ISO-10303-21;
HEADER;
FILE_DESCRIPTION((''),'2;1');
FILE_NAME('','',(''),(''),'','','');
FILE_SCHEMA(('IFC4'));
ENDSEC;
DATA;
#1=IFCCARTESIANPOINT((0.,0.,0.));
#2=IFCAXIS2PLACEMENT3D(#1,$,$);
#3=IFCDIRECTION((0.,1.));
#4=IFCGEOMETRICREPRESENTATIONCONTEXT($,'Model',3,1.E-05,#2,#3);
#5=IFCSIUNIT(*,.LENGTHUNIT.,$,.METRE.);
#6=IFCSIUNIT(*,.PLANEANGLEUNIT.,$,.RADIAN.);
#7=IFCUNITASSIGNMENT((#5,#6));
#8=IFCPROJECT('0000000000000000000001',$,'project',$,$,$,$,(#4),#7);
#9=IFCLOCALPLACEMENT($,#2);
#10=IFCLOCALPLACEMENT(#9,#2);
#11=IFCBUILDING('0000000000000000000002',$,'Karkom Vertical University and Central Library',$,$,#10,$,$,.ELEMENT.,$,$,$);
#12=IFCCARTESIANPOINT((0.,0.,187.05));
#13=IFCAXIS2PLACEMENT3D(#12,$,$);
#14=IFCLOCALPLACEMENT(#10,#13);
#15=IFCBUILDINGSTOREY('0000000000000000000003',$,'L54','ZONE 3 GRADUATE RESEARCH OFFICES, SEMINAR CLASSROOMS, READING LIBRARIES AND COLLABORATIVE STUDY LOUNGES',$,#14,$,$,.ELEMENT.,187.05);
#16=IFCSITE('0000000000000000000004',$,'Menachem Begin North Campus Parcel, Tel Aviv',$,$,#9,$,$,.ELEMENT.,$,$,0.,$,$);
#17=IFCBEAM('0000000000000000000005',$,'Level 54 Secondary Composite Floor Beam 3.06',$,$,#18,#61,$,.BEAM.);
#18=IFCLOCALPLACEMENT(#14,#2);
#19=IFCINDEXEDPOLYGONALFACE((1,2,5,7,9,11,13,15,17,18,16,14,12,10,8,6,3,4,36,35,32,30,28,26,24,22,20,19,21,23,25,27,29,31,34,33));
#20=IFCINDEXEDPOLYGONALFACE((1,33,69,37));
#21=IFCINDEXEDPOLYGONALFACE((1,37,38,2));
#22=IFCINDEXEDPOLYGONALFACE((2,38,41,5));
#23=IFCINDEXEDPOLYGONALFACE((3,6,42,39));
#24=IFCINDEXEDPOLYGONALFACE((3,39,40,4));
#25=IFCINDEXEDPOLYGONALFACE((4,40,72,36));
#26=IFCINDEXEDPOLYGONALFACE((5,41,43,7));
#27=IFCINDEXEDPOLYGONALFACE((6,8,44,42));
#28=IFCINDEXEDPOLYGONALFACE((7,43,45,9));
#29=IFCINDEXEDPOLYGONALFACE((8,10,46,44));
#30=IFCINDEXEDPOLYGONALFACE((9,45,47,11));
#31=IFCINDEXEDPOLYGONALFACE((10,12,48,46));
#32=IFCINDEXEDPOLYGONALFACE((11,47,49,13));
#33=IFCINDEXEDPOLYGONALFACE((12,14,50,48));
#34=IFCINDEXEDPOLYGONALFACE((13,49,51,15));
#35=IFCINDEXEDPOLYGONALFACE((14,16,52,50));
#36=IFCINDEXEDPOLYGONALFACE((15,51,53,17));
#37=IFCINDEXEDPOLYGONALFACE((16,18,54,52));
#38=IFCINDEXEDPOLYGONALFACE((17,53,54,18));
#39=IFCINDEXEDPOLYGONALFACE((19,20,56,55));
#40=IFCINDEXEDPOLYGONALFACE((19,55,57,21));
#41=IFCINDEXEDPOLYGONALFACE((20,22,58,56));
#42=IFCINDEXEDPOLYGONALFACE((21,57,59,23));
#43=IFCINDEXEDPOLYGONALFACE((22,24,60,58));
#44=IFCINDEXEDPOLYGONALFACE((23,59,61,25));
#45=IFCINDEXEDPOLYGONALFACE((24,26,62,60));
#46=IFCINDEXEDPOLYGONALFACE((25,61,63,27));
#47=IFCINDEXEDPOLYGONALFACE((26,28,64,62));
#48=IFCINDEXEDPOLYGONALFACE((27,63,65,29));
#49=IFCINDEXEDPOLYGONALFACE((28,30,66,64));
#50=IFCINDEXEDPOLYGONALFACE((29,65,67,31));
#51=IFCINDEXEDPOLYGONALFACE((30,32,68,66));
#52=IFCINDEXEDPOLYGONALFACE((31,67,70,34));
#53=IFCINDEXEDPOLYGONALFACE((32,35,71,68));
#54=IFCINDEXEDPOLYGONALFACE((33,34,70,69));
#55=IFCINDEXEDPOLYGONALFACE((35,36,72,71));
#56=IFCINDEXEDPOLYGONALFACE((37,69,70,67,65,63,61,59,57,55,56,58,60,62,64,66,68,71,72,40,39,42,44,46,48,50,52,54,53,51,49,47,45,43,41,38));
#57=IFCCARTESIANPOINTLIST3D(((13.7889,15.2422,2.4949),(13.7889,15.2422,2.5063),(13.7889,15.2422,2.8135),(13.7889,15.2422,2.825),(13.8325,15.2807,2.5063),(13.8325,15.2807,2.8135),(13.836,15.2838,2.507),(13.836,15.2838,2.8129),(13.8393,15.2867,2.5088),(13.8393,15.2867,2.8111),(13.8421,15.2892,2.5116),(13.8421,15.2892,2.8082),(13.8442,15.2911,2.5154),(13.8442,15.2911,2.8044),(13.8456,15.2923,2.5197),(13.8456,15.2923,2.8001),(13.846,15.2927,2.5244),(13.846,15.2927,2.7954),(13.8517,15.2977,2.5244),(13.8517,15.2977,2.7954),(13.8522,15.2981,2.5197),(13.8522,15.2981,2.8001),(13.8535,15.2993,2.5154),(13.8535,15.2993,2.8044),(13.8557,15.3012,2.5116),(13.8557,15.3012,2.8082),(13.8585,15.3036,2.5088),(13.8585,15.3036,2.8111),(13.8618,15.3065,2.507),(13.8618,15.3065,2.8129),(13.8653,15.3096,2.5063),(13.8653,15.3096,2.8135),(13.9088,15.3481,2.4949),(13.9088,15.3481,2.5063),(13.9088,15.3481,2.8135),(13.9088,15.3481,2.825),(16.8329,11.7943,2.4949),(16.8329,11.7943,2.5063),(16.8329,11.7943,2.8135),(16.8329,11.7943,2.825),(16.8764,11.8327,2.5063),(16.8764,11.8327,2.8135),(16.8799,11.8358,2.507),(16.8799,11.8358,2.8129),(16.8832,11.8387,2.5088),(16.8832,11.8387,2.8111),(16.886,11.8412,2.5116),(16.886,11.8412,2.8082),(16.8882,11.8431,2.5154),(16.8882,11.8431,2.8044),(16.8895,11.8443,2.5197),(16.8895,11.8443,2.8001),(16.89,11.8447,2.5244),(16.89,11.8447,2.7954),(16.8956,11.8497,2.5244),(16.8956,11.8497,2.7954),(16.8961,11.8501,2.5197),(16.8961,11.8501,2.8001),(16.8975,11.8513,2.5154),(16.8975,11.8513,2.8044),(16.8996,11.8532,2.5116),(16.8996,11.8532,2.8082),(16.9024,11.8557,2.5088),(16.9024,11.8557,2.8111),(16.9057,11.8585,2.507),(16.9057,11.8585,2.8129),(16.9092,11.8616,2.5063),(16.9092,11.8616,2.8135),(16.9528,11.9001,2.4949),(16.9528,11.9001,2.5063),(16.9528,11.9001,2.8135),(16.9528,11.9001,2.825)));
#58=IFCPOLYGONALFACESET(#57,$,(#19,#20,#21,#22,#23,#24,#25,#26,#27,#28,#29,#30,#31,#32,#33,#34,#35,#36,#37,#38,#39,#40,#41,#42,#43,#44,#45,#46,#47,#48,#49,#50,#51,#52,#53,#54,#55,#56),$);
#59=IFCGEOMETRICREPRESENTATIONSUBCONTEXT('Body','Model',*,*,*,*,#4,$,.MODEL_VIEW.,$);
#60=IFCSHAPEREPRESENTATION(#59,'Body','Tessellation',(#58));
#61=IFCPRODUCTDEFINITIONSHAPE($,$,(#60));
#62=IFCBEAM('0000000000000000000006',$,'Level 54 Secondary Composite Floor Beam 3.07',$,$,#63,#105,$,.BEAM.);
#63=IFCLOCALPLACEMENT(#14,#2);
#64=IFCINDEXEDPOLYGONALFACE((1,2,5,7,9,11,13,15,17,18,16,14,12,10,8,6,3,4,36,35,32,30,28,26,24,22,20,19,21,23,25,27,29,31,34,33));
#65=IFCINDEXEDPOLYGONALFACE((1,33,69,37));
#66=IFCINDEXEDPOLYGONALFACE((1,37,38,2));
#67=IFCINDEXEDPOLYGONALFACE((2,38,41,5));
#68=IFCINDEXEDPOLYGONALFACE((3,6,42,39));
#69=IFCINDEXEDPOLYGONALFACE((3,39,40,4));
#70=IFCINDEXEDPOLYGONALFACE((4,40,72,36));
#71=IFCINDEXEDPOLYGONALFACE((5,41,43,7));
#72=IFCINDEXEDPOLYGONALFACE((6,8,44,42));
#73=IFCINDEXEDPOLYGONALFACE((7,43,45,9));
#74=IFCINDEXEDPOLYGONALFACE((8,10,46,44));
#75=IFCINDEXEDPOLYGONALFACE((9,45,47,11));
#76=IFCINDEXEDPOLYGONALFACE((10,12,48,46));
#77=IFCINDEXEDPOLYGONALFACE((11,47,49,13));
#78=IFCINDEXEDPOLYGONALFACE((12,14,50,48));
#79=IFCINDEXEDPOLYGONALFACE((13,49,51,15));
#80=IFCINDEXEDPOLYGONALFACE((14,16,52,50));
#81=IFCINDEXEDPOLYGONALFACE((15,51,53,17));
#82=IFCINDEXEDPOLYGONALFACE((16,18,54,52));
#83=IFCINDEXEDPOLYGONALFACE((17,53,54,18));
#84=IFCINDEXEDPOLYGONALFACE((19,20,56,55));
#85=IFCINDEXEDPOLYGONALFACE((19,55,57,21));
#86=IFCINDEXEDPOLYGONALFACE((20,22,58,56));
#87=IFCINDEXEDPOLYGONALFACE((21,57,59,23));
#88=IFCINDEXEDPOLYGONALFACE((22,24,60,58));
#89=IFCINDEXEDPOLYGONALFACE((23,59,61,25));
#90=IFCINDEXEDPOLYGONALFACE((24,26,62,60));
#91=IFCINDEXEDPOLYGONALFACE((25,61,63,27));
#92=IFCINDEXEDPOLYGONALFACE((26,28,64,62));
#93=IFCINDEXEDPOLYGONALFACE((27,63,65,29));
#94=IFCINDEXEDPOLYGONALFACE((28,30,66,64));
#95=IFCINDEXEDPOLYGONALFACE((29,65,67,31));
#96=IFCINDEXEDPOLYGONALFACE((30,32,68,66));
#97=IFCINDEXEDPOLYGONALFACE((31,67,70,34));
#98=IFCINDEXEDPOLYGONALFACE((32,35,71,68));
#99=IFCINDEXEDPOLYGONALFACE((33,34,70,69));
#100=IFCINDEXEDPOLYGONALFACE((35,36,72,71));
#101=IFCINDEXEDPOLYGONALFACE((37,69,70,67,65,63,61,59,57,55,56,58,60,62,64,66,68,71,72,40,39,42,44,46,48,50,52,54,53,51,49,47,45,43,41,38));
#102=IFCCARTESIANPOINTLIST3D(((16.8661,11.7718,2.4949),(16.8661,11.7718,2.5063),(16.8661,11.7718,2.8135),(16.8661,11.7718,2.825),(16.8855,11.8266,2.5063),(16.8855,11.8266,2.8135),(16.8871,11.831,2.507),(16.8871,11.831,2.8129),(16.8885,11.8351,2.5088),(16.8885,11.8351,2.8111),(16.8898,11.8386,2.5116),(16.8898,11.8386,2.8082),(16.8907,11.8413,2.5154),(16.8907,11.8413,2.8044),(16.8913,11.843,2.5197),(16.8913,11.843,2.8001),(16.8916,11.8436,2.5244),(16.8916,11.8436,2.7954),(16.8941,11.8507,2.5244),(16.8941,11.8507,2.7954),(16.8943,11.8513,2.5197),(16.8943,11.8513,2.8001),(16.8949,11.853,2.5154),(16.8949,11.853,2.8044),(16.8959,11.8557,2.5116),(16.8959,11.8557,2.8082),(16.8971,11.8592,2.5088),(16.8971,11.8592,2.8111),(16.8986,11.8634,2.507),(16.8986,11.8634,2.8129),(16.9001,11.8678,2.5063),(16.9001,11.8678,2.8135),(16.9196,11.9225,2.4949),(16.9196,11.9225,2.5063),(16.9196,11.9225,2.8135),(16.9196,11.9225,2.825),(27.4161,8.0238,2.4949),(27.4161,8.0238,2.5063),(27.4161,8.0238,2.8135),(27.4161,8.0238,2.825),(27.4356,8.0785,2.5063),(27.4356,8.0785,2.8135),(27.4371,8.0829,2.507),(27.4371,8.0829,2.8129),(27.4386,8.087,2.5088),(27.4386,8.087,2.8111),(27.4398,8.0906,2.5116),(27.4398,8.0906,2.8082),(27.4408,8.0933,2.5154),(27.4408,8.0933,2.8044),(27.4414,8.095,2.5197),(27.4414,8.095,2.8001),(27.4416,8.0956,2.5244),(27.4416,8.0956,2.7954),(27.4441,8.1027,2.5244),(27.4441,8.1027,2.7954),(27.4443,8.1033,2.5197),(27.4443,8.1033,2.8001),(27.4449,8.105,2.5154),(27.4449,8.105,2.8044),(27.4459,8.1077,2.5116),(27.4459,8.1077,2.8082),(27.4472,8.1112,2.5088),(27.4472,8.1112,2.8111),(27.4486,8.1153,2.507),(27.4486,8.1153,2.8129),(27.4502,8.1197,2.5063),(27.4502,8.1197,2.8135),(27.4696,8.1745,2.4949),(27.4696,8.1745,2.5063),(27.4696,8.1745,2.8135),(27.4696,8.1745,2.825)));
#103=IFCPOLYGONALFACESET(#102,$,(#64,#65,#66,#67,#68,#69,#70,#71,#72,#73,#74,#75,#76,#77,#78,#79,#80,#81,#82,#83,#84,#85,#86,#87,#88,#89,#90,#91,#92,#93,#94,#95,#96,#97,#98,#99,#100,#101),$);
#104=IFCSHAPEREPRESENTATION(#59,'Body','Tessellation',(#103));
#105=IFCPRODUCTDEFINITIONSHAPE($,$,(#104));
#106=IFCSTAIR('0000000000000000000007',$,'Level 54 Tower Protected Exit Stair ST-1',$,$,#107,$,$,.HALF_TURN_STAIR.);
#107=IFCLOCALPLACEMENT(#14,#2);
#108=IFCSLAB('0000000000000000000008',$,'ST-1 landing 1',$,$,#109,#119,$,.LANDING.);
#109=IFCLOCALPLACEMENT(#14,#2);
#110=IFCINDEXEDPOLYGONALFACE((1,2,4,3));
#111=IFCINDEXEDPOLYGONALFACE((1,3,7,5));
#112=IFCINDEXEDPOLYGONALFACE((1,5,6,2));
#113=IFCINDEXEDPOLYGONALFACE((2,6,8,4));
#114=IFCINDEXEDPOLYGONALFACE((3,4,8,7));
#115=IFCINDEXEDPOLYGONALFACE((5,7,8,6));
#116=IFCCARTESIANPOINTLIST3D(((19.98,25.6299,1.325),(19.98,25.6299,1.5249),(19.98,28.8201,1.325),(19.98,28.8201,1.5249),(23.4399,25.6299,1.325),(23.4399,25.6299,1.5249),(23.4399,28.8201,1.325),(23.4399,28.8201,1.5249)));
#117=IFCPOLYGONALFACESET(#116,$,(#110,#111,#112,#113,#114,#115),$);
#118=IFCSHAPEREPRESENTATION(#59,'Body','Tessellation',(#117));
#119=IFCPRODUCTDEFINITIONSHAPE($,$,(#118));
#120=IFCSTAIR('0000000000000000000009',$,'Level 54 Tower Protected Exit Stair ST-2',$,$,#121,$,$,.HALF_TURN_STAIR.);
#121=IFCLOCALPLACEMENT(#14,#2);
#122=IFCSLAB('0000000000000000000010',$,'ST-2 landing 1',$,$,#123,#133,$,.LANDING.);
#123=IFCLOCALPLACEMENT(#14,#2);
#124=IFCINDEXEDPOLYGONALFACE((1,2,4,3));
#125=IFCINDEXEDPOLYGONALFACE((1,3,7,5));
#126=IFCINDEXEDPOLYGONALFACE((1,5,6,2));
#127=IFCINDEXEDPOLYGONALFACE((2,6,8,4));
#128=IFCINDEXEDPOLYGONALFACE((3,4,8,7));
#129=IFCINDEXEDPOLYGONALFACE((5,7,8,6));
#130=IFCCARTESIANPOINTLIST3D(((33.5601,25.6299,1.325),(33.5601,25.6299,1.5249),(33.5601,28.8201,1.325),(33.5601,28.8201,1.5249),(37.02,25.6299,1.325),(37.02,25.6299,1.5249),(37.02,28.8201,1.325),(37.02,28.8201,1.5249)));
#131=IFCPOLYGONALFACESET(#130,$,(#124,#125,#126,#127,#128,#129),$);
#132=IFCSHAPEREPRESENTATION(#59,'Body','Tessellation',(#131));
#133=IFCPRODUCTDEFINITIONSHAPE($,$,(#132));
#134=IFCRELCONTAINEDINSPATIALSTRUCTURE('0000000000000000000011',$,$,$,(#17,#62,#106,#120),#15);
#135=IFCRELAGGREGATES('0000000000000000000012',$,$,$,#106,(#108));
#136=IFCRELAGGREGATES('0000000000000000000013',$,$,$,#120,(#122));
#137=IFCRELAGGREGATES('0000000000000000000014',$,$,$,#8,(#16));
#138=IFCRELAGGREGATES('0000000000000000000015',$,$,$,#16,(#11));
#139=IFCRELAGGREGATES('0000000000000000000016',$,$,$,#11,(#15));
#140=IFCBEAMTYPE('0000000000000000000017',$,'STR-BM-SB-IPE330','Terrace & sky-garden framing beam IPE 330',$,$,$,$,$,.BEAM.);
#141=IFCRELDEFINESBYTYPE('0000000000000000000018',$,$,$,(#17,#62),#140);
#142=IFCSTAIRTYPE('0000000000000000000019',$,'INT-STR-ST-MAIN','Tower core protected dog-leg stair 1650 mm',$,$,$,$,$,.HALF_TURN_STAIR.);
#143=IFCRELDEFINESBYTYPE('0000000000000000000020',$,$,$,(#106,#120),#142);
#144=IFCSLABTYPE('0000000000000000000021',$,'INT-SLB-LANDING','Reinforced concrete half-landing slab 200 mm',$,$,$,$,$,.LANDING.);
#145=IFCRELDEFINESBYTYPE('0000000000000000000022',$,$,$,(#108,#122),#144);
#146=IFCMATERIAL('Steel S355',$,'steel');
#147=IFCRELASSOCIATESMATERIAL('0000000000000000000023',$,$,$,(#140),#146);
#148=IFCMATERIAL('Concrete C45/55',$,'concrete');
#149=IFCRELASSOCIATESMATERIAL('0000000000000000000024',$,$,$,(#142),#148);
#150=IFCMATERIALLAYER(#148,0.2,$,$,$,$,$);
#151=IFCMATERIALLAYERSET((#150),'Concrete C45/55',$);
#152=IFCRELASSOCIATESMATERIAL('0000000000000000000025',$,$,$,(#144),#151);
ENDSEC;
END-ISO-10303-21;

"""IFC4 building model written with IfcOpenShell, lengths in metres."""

from ifc_helpers import new_model, si_unit, direction, frame, origin, origin_with_axes, origin_2d, place, context, subcontext, project, spatial, polyline, i_section, outline, extrude, source, transform, mapped, material, layer, layer_set, material_profile, profile_set, type_object, element, aggregate, save


model = new_model("IFC4")

# Units and contexts
model_context = context("Model", 3, precision=1e-05, world=origin(), true_north=direction((0.0, 1.0)))
body_context = subcontext(model_context, "Body", "Model", "MODEL_VIEW")
ifc_project = project(units=[si_unit("LENGTHUNIT", "METRE"), si_unit("PLANEANGLEUNIT", "RADIAN")], contexts=[model_context])

# Site, building, storey
site_placement = place(None, origin())
site = spatial("IfcSite", under=ifc_project, at=site_placement, Name="Menachem Begin North Campus Parcel, Tel Aviv", CompositionType="ELEMENT", RefElevation=0.0)
building_placement = place(site_placement, origin())
building = spatial("IfcBuilding", under=site, at=building_placement, Name="Karkom Vertical University and Central Library", CompositionType="ELEMENT")
storey_placement = place(building_placement, frame((0.0, 0.0, 187.05)))
storey = spatial("IfcBuildingStorey", under=building, at=storey_placement, Name="L54", Description="ZONE 3 GRADUATE RESEARCH OFFICES, SEMINAR CLASSROOMS, READING LIBRARIES AND COLLABORATIVE STUDY LOUNGES", CompositionType="ELEMENT", Elevation=187.05)

# Beams
ifc_material_1 = material(Name="Steel S355", Category="steel")
ifc_material_profile_1 = material_profile(ifc_material_1, i_section(OverallWidth=0.1599, OverallDepth=0.3301, WebThickness=0.0076, FlangeThickness=0.0115, FilletRadius=0.0181, at=origin_2d()), Name="IPE 330")
ifc_profile_set_1 = profile_set([ifc_material_profile_1], Name="Steel S355")
beam_type_1 = type_object("IfcBeamType", Name="STR-BM-SB-IPE330", Description="Terrace & sky-garden framing beam IPE 330", PredefinedType="BEAM", material=ifc_profile_set_1)
shared_shape_1 = source(origin_with_axes(), body_context, "Body", "SweptSolid", [
    extrude(i_section(OverallWidth=0.1599, OverallDepth=0.3301, WebThickness=0.0076, FlangeThickness=0.0115, FilletRadius=0.0181, at=origin_2d()), origin(), (0.0, 0.0, 1.0), 4.5994),
])
beam_1_placement = place(storey_placement, frame((13.8489, 15.2952, 2.6599), z_axis=(0.661816, -0.749666, 0.0), x_axis=(0.749666, 0.661816, 0.0)))
element("IfcBeam", 1, at=beam_1_placement, inside=storey, type_object=beam_type_1, Name="Level 54 Secondary Composite Floor Beam 3.06", PredefinedType="BEAM", context=body_context, shape_type="MappedRepresentation", body=[
    mapped(shared_shape_1, transform((0.0, 0.0, 0.0), scale=1.0)),
])
shared_shape_2 = source(origin_with_axes(), body_context, "Body", "SweptSolid", [
    extrude(i_section(OverallWidth=0.1599, OverallDepth=0.3301, WebThickness=0.0076, FlangeThickness=0.0115, FilletRadius=0.0181, at=origin_2d()), origin(), (0.0, 0.0, 1.0), 11.196),
])
beam_2_placement = place(storey_placement, frame((16.8928, 11.8472, 2.6599), z_axis=(0.942302, -0.334765, 0.0), x_axis=(0.334765, 0.942302, 0.0)))
element("IfcBeam", 2, at=beam_2_placement, inside=storey, type_object=beam_type_1, Name="Level 54 Secondary Composite Floor Beam 3.07", PredefinedType="BEAM", context=body_context, shape_type="MappedRepresentation", body=[
    mapped(shared_shape_2, transform((0.0, 0.0, 0.0), scale=1.0)),
])

# Stairs, slabs
ifc_material_2 = material(Name="Concrete C45/55", Category="concrete")
stair_type = type_object("IfcStairType", Name="INT-STR-ST-MAIN", Description="Tower core protected dog-leg stair 1650 mm", PredefinedType="HALF_TURN_STAIR", material=ifc_material_2)
stair_1_placement = place(storey_placement, origin())
stair_1 = element("IfcStair", 3, at=stair_1_placement, inside=storey, type_object=stair_type, Name="Level 54 Tower Protected Exit Stair ST-1", PredefinedType="HALF_TURN_STAIR")
ifc_layer_1 = layer(ifc_material_2, 0.2)
ifc_layer_set_1 = layer_set([ifc_layer_1], Name="Concrete C45/55")
slab_type_1 = type_object("IfcSlabType", Name="INT-SLB-LANDING", Description="Reinforced concrete half-landing slab 200 mm", PredefinedType="LANDING", material=ifc_layer_set_1)
slab_1_placement = place(storey_placement, frame((0.0, 0.0, 1.325)))
slab_1 = element("IfcSlab", 4, at=slab_1_placement, type_object=slab_type_1, Name="ST-1 landing 1", PredefinedType="LANDING", context=body_context, shape_type="SweptSolid", body=[
    extrude(outline(polyline([(23.4399, 25.6299), (23.4399, 28.8201), (19.98, 28.8201), (19.98, 25.6299), (23.4399, 25.6299)])), origin(), (0.0, 0.0, 1.0), 0.2),
])
aggregate(stair_1, [slab_1])
stair_2_placement = place(storey_placement, origin())
stair_2 = element("IfcStair", 5, at=stair_2_placement, inside=storey, type_object=stair_type, Name="Level 54 Tower Protected Exit Stair ST-2", PredefinedType="HALF_TURN_STAIR")
slab_2_placement = place(storey_placement, frame((0.0, 0.0, 1.325)))
slab_2 = element("IfcSlab", 6, at=slab_2_placement, type_object=slab_type_1, Name="ST-2 landing 1", PredefinedType="LANDING", context=body_context, shape_type="SweptSolid", body=[
    extrude(outline(polyline([(37.02, 25.6299), (37.02, 28.8201), (33.5601, 28.8201), (33.5601, 25.6299), (37.02, 25.6299)])), origin(), (0.0, 0.0, 1.0), 0.2),
])
aggregate(stair_2, [slab_2])

save(model, "model.ifc")
